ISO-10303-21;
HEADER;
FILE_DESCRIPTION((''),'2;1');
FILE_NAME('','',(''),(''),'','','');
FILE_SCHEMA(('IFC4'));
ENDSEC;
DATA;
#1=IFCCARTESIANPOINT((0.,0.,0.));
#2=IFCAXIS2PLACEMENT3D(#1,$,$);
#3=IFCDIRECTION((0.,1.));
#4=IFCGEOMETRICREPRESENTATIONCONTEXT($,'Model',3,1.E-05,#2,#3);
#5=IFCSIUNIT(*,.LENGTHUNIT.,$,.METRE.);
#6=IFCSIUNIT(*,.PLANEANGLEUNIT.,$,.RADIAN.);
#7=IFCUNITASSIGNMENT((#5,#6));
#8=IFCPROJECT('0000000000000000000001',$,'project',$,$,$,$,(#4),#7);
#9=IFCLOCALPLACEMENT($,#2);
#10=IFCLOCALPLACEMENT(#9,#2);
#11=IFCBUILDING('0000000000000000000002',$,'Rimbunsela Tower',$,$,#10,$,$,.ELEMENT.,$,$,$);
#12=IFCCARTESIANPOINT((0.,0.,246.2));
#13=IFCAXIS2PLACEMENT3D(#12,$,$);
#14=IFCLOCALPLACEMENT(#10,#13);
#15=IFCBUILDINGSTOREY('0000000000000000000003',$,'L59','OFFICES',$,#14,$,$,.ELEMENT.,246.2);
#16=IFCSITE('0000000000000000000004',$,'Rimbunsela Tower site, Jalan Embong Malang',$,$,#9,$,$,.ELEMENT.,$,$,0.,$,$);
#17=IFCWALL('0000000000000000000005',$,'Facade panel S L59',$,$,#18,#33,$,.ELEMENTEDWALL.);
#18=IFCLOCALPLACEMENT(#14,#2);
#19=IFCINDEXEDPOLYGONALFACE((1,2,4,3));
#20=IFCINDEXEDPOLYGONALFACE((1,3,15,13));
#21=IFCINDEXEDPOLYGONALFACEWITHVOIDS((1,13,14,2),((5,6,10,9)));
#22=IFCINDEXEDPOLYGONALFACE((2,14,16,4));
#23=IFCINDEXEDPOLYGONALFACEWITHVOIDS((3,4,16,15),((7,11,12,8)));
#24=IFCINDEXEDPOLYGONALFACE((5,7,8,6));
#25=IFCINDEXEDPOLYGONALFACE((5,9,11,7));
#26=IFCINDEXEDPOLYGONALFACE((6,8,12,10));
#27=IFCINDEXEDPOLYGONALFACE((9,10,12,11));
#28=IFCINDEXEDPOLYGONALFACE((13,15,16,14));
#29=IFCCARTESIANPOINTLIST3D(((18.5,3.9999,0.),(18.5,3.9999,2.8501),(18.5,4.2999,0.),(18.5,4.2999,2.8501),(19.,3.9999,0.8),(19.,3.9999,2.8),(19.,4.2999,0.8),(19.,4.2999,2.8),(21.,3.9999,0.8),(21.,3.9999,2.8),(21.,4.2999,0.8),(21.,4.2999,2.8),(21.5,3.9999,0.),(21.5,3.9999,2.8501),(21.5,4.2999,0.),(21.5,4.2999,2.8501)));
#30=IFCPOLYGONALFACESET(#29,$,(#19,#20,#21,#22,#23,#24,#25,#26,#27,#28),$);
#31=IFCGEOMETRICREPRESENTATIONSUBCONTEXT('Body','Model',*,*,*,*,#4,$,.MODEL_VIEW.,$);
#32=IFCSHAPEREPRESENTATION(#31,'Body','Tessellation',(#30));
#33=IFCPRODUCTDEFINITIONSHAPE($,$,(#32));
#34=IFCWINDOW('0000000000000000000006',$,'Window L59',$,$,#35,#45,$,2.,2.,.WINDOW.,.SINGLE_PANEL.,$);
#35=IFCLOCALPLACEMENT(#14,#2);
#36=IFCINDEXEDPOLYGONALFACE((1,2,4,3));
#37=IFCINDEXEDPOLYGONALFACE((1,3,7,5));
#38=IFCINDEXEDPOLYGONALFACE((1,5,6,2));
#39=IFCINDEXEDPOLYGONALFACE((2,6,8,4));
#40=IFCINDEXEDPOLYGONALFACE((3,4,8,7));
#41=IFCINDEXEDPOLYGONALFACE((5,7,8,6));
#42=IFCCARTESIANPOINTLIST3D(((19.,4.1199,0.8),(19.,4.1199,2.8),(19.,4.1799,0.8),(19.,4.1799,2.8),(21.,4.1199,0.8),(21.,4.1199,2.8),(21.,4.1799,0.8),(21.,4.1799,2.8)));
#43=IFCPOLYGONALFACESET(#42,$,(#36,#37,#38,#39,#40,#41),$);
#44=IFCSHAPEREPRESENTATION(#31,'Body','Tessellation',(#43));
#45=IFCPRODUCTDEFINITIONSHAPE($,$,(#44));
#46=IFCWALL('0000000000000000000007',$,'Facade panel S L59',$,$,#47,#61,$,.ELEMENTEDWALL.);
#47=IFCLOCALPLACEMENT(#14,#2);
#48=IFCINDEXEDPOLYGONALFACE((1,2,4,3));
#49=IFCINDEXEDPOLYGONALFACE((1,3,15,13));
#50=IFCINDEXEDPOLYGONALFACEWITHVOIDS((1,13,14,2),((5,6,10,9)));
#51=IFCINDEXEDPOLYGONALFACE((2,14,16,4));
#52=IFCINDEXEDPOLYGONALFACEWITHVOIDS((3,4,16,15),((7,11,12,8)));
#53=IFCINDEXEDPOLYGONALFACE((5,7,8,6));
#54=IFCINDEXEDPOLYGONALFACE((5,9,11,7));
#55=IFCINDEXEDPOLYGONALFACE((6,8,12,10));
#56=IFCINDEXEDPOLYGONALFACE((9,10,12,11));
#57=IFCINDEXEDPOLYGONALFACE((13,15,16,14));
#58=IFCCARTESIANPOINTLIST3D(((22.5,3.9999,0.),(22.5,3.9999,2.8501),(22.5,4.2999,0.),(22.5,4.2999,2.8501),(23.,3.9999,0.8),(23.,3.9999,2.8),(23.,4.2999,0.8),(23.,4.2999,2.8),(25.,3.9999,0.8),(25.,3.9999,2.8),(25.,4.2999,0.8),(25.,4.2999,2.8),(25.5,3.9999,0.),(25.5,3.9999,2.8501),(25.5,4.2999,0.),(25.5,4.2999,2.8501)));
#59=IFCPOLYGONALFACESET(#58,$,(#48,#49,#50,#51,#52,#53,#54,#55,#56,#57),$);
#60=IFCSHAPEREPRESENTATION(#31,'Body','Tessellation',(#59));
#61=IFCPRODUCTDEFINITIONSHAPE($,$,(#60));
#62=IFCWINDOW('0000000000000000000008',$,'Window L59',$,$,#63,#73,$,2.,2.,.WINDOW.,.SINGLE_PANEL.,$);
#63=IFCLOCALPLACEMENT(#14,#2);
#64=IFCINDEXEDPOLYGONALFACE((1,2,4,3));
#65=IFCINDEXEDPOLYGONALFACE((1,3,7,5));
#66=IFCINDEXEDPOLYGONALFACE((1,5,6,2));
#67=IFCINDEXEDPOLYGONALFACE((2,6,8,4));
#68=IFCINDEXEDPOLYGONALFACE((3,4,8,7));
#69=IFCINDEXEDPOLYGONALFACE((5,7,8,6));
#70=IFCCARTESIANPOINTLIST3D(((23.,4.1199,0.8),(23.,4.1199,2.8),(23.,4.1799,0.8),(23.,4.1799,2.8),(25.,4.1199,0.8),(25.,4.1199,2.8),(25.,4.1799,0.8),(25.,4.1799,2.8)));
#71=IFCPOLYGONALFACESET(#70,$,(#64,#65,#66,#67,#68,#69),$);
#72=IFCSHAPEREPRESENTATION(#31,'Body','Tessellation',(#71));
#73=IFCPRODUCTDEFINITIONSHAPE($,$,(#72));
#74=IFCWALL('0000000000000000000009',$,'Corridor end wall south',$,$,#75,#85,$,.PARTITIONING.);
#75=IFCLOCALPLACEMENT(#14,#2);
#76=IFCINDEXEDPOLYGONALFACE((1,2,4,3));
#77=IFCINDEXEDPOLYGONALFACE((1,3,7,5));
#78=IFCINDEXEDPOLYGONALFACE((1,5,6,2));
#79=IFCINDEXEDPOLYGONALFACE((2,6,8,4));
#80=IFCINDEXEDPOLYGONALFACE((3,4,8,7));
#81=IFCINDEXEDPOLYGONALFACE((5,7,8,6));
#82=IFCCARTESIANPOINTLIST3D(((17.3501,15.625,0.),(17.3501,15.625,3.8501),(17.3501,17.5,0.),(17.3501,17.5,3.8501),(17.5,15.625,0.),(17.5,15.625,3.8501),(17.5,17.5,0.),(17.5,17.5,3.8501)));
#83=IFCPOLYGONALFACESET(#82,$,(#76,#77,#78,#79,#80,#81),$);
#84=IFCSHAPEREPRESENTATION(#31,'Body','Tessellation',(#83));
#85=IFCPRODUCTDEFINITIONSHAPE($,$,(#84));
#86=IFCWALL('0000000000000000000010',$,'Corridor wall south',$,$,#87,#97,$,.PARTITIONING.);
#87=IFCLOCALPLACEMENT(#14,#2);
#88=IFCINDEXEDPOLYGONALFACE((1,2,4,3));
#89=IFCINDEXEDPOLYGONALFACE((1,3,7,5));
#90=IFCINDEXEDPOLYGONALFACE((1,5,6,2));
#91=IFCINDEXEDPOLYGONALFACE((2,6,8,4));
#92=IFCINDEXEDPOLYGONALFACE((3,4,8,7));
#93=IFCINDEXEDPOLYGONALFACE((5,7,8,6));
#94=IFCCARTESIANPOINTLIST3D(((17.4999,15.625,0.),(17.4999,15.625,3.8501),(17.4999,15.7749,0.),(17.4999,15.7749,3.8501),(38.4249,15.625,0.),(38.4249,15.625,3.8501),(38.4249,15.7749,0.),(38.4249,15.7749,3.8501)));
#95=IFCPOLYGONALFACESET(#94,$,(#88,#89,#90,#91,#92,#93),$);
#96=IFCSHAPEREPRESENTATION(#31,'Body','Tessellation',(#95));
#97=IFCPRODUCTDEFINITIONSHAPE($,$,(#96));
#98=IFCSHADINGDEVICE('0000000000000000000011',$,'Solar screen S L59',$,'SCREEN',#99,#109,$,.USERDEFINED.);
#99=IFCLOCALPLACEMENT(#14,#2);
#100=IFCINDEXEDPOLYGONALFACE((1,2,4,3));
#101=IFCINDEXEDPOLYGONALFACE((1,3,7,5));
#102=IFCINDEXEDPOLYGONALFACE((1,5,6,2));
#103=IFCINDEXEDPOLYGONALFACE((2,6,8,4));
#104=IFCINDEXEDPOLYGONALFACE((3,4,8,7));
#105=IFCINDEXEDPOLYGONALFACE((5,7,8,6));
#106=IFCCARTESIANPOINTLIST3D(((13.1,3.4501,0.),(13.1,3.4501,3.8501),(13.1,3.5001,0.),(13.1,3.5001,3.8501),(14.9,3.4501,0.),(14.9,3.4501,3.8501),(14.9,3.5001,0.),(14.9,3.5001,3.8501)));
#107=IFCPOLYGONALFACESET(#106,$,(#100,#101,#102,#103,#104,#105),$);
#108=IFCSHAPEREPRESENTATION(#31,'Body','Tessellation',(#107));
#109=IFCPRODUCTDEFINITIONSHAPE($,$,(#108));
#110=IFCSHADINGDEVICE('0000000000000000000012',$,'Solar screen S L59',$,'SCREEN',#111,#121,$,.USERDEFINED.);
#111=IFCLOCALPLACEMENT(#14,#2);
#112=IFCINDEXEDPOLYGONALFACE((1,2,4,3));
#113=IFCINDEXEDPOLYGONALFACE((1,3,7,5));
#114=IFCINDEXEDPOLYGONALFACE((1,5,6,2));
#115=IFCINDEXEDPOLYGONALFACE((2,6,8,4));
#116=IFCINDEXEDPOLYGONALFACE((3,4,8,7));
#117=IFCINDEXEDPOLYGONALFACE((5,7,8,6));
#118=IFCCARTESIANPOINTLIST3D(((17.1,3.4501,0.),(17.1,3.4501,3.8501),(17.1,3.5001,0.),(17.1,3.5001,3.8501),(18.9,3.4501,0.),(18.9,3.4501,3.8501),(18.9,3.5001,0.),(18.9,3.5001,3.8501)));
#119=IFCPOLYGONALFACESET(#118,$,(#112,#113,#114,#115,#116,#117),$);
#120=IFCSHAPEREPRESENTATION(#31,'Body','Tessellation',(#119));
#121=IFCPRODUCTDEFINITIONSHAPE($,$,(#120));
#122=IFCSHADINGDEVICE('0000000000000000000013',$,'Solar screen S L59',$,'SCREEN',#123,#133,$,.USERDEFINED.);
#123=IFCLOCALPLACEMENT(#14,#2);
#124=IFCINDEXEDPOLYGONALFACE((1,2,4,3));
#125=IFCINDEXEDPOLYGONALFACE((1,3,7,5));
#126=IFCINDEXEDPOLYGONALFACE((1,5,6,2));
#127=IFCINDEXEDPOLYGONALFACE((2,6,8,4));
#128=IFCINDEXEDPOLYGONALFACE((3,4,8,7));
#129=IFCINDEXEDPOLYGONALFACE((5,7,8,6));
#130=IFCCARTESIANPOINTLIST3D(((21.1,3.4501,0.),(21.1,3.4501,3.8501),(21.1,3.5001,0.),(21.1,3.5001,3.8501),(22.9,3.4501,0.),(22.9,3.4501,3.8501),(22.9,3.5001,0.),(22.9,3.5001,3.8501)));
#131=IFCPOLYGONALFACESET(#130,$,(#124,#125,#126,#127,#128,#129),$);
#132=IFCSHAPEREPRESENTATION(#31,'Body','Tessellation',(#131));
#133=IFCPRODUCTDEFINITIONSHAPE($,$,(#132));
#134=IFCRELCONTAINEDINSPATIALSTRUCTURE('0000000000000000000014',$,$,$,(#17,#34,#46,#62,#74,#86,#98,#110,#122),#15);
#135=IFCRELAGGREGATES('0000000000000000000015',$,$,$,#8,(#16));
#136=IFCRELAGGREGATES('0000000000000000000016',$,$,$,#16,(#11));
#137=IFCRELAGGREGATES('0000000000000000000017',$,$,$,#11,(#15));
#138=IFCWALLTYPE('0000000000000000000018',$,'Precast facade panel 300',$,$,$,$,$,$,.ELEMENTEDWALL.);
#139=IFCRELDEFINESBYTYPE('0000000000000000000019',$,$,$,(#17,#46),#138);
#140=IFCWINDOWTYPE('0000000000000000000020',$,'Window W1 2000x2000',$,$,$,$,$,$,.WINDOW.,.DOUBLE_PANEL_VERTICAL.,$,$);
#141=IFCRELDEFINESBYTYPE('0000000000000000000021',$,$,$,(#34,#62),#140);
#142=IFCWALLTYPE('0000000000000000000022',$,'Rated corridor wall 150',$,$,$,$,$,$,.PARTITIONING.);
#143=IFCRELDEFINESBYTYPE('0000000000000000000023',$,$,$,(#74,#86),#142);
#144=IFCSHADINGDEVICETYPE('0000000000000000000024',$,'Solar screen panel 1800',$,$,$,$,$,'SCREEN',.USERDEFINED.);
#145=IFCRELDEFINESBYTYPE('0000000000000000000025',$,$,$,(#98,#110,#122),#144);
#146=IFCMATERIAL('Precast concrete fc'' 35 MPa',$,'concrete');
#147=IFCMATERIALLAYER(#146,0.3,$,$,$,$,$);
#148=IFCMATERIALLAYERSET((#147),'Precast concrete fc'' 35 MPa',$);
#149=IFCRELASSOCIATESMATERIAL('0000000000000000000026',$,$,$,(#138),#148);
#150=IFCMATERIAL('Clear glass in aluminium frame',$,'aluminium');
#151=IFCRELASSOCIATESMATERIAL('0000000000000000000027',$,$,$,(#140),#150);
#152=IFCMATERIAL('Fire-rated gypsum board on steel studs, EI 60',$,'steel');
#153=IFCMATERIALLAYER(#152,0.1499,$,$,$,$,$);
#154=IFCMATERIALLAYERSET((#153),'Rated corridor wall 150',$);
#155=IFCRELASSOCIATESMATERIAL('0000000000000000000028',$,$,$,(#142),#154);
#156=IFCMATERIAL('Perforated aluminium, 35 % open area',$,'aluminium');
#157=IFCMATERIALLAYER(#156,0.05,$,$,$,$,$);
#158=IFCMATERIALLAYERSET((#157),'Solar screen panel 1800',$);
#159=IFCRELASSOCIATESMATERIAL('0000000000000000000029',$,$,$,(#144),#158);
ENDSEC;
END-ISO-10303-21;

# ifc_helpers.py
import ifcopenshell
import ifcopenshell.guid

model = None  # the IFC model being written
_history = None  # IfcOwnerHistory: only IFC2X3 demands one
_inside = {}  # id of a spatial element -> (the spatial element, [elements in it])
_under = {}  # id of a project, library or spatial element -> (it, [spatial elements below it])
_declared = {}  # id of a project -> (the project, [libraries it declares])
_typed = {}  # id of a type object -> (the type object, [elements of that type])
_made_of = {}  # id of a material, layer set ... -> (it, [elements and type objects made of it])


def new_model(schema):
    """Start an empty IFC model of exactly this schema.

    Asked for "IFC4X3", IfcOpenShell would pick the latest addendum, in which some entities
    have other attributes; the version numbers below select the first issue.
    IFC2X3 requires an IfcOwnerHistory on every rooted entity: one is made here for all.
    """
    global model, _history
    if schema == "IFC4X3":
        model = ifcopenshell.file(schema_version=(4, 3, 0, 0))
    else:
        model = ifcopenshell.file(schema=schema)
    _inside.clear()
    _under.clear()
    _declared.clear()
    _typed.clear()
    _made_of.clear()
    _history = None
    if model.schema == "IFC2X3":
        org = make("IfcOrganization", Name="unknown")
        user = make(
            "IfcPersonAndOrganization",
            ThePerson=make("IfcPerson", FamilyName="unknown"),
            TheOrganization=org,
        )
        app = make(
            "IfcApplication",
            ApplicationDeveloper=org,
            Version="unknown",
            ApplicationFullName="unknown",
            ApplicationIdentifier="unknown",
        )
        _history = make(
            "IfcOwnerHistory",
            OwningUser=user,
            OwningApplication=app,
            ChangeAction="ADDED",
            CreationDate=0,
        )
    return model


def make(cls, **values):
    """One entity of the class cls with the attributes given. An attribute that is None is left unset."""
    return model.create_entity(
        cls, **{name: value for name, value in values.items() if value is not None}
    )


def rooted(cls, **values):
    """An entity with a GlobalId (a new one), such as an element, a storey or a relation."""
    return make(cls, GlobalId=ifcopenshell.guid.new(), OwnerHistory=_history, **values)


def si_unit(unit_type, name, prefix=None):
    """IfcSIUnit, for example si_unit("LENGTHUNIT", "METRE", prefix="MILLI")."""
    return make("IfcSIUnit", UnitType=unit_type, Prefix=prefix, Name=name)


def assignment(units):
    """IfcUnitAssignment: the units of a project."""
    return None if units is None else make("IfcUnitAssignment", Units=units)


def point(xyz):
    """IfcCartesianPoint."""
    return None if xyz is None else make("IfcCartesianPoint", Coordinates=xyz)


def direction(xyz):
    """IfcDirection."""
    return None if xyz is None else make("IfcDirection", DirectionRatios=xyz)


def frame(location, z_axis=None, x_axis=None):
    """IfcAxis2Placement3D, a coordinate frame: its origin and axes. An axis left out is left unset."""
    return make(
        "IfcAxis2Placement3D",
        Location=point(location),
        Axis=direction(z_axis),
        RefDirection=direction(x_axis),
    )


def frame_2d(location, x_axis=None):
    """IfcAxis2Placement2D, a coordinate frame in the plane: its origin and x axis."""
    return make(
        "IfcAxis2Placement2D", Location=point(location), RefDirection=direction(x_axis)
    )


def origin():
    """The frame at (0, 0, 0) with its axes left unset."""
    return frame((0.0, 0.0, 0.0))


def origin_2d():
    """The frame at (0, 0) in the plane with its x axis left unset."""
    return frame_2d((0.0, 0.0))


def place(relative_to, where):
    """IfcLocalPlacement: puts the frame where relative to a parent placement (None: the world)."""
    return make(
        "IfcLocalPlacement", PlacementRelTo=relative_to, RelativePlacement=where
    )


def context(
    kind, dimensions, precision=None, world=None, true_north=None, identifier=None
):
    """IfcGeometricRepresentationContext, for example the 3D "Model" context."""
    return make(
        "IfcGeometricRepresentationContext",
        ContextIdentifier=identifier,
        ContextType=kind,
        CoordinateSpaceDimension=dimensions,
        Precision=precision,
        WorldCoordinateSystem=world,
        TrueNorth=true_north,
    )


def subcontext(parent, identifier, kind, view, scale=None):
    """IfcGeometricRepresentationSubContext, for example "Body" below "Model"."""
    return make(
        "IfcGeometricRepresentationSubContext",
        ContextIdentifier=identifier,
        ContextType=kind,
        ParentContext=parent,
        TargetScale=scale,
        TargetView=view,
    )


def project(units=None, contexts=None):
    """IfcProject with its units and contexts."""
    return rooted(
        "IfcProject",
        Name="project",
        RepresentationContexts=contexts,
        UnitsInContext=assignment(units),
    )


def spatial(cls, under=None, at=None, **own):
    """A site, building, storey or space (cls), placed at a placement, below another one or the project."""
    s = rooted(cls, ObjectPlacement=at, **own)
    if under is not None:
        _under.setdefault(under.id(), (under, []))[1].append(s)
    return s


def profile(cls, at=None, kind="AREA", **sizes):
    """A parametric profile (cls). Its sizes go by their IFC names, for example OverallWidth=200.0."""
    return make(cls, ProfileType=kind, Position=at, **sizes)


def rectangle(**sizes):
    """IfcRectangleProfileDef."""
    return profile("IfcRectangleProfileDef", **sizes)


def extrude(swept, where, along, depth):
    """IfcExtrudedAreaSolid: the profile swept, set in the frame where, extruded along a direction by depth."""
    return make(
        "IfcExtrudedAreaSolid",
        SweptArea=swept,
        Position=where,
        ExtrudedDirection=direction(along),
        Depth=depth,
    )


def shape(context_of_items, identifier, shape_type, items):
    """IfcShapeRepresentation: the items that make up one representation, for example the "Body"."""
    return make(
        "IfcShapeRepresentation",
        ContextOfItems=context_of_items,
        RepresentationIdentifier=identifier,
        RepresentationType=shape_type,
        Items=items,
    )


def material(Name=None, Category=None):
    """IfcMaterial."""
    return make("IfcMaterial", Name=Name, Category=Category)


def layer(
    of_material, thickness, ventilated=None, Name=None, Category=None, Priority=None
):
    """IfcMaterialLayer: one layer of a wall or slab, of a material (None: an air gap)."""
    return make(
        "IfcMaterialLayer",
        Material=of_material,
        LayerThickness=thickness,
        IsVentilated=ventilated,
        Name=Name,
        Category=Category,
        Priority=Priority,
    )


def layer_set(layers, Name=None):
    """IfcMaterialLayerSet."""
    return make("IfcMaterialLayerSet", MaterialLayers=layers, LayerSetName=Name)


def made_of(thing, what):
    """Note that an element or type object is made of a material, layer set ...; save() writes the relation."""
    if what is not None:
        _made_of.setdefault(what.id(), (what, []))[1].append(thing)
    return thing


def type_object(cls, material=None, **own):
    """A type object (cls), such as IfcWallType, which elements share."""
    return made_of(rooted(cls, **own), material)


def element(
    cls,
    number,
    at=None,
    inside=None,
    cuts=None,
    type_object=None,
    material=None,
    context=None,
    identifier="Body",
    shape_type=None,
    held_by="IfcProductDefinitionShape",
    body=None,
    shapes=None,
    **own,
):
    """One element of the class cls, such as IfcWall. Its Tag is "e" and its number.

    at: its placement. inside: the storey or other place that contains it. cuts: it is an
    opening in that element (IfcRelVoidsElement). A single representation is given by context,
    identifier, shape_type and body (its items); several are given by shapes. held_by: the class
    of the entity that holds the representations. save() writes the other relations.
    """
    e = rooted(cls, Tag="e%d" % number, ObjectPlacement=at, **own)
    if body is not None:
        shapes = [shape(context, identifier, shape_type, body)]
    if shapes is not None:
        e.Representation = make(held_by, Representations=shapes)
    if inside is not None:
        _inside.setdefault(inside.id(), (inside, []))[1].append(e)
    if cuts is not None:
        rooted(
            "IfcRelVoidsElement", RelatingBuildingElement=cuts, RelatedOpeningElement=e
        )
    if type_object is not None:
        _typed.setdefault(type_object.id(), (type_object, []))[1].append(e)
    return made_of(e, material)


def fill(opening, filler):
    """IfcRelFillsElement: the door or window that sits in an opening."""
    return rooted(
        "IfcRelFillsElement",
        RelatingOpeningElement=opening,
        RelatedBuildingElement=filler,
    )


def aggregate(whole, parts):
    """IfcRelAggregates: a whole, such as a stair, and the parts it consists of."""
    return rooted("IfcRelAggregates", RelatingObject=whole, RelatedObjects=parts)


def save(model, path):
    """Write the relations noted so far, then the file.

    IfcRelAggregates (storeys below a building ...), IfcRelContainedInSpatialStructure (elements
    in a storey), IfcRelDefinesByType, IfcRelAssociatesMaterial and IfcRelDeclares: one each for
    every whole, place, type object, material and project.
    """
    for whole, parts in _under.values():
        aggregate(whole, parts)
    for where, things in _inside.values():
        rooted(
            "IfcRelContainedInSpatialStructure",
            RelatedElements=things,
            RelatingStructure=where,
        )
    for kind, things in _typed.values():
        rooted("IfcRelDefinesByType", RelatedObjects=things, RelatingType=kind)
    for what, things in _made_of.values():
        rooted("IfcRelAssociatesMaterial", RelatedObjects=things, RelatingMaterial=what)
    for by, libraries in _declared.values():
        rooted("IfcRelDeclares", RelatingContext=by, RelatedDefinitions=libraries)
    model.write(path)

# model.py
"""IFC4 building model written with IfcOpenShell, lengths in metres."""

from ifc_helpers import new_model, si_unit, direction, frame, frame_2d, origin, origin_2d, place, context, subcontext, project, spatial, rectangle, extrude, material, layer, layer_set, type_object, element, fill, save


model = new_model("IFC4")

# Units and contexts
model_context = context("Model", 3, precision=1e-05, world=origin(), true_north=direction((0.0, 1.0)))
body_context = subcontext(model_context, "Body", "Model", "MODEL_VIEW")
ifc_project = project(units=[si_unit("LENGTHUNIT", "METRE"), si_unit("PLANEANGLEUNIT", "RADIAN")], contexts=[model_context])

# Site, building, storey
site_placement = place(None, origin())
site = spatial("IfcSite", under=ifc_project, at=site_placement, Name="Rimbunsela Tower site, Jalan Embong Malang", CompositionType="ELEMENT", RefElevation=0.0)
building_placement = place(site_placement, origin())
building = spatial("IfcBuilding", under=site, at=building_placement, Name="Rimbunsela Tower", CompositionType="ELEMENT")
storey_placement = place(building_placement, frame((0.0, 0.0, 246.2)))
storey = spatial("IfcBuildingStorey", under=building, at=storey_placement, Name="L59", Description="OFFICES", CompositionType="ELEMENT", Elevation=246.2)

# Walls, openings, windows
ifc_material_1 = material(Name="Precast concrete fc' 35 MPa", Category="concrete")
ifc_layer_1 = layer(ifc_material_1, 0.3)
ifc_layer_set_1 = layer_set([ifc_layer_1], Name="Precast concrete fc' 35 MPa")
wall_type_1 = type_object("IfcWallType", Name="Precast facade panel 300", PredefinedType="ELEMENTEDWALL", material=ifc_layer_set_1)
ifc_material_2 = material(Name="Clear glass in aluminium frame", Category="aluminium")
window_type = type_object("IfcWindowType", Name="Window W1 2000x2000", PartitioningType="DOUBLE_PANEL_VERTICAL", PredefinedType="WINDOW", material=ifc_material_2)
wall_1_placement = place(storey_placement, frame((18.5, 4.1499, 0.0), z_axis=(0.0, 0.0, 1.0), x_axis=(1.0, 0.0, 0.0)))
wall_1 = element("IfcWall", 1, at=wall_1_placement, inside=storey, type_object=wall_type_1, Name="Facade panel S L59", PredefinedType="ELEMENTEDWALL", context=body_context, shape_type="SweptSolid", body=[
    extrude(rectangle(XDim=3.0, YDim=0.3, at=frame_2d((1.5, 0.0))), origin(), (0.0, 0.0, 1.0), 2.8501),
])
opening_1_placement = place(wall_1_placement, frame((0.5, 0.0, 0.8)))
opening_1 = element("IfcOpeningElement", 2, at=opening_1_placement, cuts=wall_1, PredefinedType="OPENING", context=body_context, shape_type="SweptSolid", body=[
    extrude(rectangle(XDim=2.0, YDim=2.0, at=frame_2d((1.0, 1.0))), frame((0.0, 0.1599, 0.0), z_axis=(0.0, -1.0, 0.0), x_axis=(1.0, 0.0, 0.0)), (0.0, 0.0, 1.0), 0.3201),
])
window_1_placement = place(opening_1_placement, origin())
window_1 = element("IfcWindow", 3, at=window_1_placement, inside=storey, type_object=window_type, Name="Window L59", OverallHeight=2.0, OverallWidth=2.0, PartitioningType="SINGLE_PANEL", PredefinedType="WINDOW", context=body_context, shape_type="SweptSolid", body=[
    extrude(rectangle(XDim=2.0, YDim=2.0, at=frame_2d((1.0, 1.0))), frame((0.0, 0.03, 0.0), z_axis=(0.0, -1.0, 0.0), x_axis=(1.0, 0.0, 0.0)), (0.0, 0.0, 1.0), 0.0601),
])
fill(opening_1, window_1)
wall_2_placement = place(storey_placement, frame((22.5, 4.1499, 0.0), z_axis=(0.0, 0.0, 1.0), x_axis=(1.0, 0.0, 0.0)))
wall_2 = element("IfcWall", 4, at=wall_2_placement, inside=storey, type_object=wall_type_1, Name="Facade panel S L59", PredefinedType="ELEMENTEDWALL", context=body_context, shape_type="SweptSolid", body=[
    extrude(rectangle(XDim=3.0, YDim=0.3, at=frame_2d((1.5, 0.0))), origin(), (0.0, 0.0, 1.0), 2.8501),
])
opening_2_placement = place(wall_2_placement, frame((0.5, 0.0, 0.8)))
opening_2 = element("IfcOpeningElement", 5, at=opening_2_placement, cuts=wall_2, PredefinedType="OPENING", context=body_context, shape_type="SweptSolid", body=[
    extrude(rectangle(XDim=2.0, YDim=2.0, at=frame_2d((1.0, 1.0))), frame((0.0, 0.1599, 0.0), z_axis=(0.0, -1.0, 0.0), x_axis=(1.0, 0.0, 0.0)), (0.0, 0.0, 1.0), 0.3201),
])
window_2_placement = place(opening_2_placement, origin())
window_2 = element("IfcWindow", 6, at=window_2_placement, inside=storey, type_object=window_type, Name="Window L59", OverallHeight=2.0, OverallWidth=2.0, PartitioningType="SINGLE_PANEL", PredefinedType="WINDOW", context=body_context, shape_type="SweptSolid", body=[
    extrude(rectangle(XDim=2.0, YDim=2.0, at=frame_2d((1.0, 1.0))), frame((0.0, 0.03, 0.0), z_axis=(0.0, -1.0, 0.0), x_axis=(1.0, 0.0, 0.0)), (0.0, 0.0, 1.0), 0.0601),
])
fill(opening_2, window_2)

# Walls
ifc_material_3 = material(Name="Fire-rated gypsum board on steel studs, EI 60", Category="steel")
ifc_layer_2 = layer(ifc_material_3, 0.1499)
ifc_layer_set_2 = layer_set([ifc_layer_2], Name="Rated corridor wall 150")
wall_type_2 = type_object("IfcWallType", Name="Rated corridor wall 150", PredefinedType="PARTITIONING", material=ifc_layer_set_2)
wall_3_placement = place(storey_placement, frame((17.425, 15.625, 0.0), z_axis=(0.0, 0.0, 1.0), x_axis=(0.0, 1.0, 0.0)))
element("IfcWall", 7, at=wall_3_placement, inside=storey, type_object=wall_type_2, Name="Corridor end wall south", PredefinedType="PARTITIONING", context=body_context, shape_type="SweptSolid", body=[
    extrude(rectangle(XDim=1.875, YDim=0.1499, at=frame_2d((0.9375, 0.0))), origin(), (0.0, 0.0, 1.0), 3.8501),
])
wall_4_placement = place(storey_placement, frame((17.5, 15.7, 0.0), z_axis=(0.0, 0.0, 1.0), x_axis=(1.0, 0.0, 0.0)))
element("IfcWall", 8, at=wall_4_placement, inside=storey, type_object=wall_type_2, Name="Corridor wall south", PredefinedType="PARTITIONING", context=body_context, shape_type="SweptSolid", body=[
    extrude(rectangle(XDim=20.925, YDim=0.1499, at=frame_2d((10.4624, 0.0))), origin(), (0.0, 0.0, 1.0), 3.8501),
])

# Shading devices
ifc_material_4 = material(Name="Perforated aluminium, 35 % open area", Category="aluminium")
ifc_layer_3 = layer(ifc_material_4, 0.05)
ifc_layer_set_3 = layer_set([ifc_layer_3], Name="Solar screen panel 1800")
shading_device_type = type_object("IfcShadingDeviceType", Name="Solar screen panel 1800", ElementType="SCREEN", PredefinedType="USERDEFINED", material=ifc_layer_set_3)
for number, where, z_axis, x_axis, name in (
    (9, (14.0, 3.4751, 0.0), (0.0, 0.0, 1.0), (1.0, 0.0, 0.0), "Solar screen S L59"),
    (10, (18.0, 3.4751, 0.0), (0.0, 0.0, 1.0), (1.0, 0.0, 0.0), "Solar screen S L59"),
    (11, (22.0, 3.4751, 0.0), (0.0, 0.0, 1.0), (1.0, 0.0, 0.0), "Solar screen S L59"),
):
    element("IfcShadingDevice", number, at=place(storey_placement, frame(where, z_axis=z_axis, x_axis=x_axis)), inside=storey, type_object=shading_device_type, Name=name, ObjectType="SCREEN", PredefinedType="USERDEFINED", context=body_context, shape_type="SweptSolid", body=[
        extrude(rectangle(XDim=1.8, YDim=0.05, at=origin_2d()), origin(), (0.0, 0.0, 1.0), 3.8501),
    ])

save(model, "model.ifc")
